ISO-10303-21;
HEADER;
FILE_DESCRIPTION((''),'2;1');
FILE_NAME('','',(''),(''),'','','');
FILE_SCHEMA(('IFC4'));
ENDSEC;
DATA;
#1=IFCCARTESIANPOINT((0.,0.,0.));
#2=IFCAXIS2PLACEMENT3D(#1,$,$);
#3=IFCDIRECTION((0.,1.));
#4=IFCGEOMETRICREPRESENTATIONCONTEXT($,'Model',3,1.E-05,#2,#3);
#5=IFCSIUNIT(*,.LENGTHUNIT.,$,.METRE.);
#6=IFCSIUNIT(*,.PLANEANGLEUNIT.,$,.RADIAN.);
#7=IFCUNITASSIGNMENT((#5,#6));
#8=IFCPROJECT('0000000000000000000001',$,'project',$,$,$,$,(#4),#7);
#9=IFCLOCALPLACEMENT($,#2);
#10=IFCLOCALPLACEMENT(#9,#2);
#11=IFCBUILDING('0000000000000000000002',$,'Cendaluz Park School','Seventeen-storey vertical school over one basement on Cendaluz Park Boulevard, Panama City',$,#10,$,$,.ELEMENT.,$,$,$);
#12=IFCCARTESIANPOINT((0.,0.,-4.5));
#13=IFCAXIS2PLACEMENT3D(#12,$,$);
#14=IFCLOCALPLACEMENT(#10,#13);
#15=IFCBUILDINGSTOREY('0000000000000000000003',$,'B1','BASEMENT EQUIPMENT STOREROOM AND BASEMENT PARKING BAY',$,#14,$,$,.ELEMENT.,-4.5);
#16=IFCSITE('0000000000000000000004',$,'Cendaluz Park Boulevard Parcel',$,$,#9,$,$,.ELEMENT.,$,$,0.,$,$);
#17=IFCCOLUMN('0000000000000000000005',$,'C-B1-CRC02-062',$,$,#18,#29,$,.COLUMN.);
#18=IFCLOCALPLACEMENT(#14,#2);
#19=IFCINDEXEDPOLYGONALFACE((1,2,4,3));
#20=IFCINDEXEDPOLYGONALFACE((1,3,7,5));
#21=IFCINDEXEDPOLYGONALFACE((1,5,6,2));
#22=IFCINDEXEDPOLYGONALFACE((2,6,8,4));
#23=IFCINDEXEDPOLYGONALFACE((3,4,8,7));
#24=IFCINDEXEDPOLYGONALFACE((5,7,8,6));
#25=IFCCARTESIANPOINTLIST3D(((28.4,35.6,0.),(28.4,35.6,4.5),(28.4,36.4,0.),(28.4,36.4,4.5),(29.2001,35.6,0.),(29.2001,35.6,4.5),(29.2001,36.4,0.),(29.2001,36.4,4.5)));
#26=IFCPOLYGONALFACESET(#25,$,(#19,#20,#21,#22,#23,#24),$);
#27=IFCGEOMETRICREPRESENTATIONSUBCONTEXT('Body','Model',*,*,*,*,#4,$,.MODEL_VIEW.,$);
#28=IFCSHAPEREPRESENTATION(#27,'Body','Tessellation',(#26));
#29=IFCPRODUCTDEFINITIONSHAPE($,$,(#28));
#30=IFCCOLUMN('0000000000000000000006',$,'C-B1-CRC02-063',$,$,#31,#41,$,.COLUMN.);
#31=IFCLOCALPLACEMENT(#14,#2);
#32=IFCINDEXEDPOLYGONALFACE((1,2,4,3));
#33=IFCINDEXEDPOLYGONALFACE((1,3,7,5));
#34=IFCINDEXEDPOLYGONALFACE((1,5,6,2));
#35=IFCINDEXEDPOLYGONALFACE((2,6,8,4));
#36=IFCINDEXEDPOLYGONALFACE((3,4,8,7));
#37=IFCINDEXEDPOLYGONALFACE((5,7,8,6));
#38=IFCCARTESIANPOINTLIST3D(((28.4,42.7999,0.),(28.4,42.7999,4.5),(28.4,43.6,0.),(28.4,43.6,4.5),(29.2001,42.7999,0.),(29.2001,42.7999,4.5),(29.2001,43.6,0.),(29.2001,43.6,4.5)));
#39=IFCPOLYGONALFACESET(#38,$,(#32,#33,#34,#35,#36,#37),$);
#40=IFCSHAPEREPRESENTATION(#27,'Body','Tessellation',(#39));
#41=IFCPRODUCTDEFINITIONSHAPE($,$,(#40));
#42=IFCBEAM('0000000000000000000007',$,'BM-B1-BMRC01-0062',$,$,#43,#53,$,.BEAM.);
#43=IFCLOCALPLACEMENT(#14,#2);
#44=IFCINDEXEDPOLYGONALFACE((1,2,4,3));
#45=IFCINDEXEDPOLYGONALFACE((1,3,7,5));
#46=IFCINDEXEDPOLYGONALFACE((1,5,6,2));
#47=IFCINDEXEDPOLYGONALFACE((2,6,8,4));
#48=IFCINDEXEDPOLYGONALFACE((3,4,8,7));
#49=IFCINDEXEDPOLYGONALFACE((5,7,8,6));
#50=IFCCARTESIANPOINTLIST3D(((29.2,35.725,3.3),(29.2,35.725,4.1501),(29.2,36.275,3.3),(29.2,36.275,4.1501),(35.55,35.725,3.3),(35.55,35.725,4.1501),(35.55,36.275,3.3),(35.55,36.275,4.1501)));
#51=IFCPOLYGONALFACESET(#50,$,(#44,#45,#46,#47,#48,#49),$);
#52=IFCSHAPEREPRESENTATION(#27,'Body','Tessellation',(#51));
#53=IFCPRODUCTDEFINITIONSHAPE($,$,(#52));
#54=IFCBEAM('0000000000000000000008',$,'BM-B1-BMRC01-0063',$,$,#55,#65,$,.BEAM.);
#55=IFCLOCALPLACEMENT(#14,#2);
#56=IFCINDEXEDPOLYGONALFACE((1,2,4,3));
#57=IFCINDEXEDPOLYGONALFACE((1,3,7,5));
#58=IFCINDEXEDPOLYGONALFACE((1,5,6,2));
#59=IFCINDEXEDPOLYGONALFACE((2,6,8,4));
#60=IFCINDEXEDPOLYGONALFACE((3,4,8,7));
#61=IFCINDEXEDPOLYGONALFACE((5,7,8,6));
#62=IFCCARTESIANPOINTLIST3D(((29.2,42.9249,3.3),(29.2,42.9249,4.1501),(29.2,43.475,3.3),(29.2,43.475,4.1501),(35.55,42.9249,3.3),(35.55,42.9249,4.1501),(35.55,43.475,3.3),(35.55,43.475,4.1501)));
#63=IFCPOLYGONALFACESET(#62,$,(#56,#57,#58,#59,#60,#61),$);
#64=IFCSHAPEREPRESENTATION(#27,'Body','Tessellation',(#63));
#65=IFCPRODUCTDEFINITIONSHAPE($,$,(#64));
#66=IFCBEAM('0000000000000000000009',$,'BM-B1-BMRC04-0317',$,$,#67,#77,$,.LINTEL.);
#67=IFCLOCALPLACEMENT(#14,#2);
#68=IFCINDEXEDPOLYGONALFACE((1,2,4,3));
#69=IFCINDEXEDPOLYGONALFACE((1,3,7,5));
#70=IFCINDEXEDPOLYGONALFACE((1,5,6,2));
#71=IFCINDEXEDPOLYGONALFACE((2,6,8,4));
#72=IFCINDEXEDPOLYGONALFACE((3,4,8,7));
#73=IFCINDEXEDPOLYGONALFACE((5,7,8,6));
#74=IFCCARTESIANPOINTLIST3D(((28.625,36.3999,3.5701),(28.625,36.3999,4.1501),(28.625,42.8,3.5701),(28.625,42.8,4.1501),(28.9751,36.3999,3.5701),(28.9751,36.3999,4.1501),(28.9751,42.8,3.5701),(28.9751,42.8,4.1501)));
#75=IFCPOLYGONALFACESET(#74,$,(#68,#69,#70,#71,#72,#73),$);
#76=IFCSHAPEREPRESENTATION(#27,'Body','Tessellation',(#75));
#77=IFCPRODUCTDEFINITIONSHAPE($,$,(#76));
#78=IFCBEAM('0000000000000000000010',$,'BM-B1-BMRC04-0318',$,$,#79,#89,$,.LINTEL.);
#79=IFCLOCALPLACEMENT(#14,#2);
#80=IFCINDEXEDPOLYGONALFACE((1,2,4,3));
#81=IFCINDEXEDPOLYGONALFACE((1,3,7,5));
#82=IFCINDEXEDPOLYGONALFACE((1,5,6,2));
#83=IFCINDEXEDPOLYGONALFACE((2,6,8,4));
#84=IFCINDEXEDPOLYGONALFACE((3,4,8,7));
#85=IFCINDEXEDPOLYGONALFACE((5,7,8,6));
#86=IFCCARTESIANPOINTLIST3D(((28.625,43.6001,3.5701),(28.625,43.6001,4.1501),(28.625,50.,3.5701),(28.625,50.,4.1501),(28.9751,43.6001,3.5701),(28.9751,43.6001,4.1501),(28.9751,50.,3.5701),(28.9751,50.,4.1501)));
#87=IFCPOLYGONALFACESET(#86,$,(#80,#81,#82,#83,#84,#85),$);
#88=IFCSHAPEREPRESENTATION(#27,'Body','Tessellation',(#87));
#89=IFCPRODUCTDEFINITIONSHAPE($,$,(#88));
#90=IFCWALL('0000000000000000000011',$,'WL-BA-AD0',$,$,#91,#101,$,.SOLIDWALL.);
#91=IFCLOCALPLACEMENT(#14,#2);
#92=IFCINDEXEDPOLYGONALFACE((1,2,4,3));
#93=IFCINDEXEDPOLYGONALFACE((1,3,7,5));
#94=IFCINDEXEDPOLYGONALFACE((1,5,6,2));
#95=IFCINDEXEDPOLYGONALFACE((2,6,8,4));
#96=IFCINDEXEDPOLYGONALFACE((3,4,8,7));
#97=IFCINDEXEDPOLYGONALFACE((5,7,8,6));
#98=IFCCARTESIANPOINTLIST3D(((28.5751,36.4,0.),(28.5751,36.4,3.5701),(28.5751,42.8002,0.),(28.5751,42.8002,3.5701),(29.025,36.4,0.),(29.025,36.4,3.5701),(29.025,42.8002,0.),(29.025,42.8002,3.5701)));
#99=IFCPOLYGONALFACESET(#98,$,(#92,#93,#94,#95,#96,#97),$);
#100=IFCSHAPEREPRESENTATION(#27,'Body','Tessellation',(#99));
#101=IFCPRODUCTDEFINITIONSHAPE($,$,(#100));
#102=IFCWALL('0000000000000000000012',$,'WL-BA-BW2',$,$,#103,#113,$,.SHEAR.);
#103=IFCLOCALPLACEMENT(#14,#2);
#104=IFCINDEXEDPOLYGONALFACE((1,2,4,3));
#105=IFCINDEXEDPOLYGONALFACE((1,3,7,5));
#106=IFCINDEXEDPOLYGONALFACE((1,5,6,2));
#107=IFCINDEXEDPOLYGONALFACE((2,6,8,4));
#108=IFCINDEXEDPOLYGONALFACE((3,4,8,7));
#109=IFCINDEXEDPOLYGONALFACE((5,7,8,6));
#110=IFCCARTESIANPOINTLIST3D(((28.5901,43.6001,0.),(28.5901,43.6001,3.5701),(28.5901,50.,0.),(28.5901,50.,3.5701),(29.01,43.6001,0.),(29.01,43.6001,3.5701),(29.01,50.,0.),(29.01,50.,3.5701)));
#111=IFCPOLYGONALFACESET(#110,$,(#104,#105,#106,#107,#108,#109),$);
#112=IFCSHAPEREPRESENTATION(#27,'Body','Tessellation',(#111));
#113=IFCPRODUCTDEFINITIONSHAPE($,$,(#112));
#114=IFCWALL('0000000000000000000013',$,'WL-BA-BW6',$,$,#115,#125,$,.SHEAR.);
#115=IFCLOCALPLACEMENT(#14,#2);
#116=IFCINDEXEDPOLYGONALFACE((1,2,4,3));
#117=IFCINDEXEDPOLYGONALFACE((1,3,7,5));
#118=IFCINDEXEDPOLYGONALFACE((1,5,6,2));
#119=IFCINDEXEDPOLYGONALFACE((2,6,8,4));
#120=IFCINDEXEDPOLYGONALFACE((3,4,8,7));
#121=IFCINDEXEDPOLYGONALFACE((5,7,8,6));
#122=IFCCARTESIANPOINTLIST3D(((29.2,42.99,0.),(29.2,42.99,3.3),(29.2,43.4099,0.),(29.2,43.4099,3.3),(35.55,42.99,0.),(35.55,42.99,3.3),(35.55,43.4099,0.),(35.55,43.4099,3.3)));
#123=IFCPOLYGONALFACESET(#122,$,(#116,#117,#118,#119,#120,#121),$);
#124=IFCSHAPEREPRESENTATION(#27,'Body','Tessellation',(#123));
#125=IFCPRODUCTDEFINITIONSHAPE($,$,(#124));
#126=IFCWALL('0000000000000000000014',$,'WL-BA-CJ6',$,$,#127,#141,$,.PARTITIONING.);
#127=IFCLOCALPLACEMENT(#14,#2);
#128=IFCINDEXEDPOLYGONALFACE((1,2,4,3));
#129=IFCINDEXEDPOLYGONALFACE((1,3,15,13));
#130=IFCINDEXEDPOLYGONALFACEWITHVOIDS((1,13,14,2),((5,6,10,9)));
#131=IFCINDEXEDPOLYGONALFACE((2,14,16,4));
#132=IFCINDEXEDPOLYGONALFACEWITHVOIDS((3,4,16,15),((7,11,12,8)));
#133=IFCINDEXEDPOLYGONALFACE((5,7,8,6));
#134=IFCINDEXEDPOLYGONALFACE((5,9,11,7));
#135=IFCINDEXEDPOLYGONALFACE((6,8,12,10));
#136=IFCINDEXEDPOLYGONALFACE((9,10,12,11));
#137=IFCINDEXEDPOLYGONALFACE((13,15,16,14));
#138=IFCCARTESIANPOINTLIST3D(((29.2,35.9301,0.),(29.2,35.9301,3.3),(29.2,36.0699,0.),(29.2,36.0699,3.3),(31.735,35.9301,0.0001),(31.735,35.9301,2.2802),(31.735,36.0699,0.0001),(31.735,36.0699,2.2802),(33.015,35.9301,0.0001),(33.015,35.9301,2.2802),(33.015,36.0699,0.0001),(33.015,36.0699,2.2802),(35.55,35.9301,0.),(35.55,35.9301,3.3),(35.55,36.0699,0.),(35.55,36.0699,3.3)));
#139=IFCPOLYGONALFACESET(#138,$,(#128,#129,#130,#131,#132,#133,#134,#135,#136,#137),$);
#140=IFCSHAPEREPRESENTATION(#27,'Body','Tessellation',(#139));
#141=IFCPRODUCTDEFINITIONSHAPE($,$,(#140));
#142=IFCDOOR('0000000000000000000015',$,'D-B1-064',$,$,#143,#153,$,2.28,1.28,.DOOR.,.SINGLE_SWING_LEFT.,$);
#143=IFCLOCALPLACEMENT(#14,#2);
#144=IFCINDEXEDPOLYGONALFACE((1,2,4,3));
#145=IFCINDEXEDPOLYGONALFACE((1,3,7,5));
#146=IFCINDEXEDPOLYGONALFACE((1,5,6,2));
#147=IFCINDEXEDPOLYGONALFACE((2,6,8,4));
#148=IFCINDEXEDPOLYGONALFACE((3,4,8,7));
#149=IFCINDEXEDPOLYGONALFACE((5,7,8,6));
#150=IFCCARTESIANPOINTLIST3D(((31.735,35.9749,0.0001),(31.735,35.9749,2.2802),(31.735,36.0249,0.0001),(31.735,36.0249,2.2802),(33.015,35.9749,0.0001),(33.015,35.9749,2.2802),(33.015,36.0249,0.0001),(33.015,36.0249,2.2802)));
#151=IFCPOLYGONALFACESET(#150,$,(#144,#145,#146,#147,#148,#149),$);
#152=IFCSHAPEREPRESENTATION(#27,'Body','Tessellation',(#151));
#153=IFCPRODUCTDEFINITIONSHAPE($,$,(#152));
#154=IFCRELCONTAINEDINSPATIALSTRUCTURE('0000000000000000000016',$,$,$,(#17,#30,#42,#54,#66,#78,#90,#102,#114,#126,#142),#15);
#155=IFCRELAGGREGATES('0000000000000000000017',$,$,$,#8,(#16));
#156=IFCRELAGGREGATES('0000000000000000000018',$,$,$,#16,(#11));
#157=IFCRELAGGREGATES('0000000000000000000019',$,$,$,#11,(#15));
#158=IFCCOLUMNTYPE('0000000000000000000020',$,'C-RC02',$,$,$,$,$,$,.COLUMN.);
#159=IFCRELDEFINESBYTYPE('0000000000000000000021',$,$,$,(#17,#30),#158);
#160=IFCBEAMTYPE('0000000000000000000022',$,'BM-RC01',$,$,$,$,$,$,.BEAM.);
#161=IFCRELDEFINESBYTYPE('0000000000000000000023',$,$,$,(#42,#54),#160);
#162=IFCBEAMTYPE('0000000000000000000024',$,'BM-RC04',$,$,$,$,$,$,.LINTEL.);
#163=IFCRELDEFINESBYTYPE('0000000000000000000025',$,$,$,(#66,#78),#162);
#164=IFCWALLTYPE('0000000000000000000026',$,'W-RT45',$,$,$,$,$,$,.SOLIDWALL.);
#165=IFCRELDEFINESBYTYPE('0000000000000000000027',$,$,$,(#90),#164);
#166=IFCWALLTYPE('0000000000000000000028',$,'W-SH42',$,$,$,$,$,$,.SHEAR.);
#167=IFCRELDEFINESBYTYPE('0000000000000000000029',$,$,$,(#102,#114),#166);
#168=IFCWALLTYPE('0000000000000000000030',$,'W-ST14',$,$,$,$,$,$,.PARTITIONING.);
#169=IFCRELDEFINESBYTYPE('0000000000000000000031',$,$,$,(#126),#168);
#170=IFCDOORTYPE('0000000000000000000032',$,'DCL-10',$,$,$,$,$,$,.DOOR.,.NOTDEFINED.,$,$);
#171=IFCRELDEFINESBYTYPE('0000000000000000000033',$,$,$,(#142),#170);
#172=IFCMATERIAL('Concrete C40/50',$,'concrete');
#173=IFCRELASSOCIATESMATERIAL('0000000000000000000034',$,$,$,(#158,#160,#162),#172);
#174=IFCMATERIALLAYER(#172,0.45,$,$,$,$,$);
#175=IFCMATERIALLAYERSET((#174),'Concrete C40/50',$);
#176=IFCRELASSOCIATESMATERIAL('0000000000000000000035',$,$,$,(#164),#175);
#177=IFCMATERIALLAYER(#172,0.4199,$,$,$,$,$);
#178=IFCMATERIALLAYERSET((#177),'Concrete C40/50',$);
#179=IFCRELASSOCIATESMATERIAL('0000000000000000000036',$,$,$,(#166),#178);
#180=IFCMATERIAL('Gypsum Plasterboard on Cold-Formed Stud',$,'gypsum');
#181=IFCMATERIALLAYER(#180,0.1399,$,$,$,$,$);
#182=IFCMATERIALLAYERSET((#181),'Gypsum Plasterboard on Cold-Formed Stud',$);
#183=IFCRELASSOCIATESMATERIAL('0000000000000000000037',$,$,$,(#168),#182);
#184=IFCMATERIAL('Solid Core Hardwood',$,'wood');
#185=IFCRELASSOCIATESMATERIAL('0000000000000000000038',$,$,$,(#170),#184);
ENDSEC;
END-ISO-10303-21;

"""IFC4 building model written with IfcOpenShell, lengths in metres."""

from ifc_helpers import new_model, si_unit, direction, frame, frame_2d, origin, origin_2d, place, context, subcontext, project, spatial, rectangle, extrude, material, layer, layer_set, material_profile, profile_set, type_object, element, fill, save


model = new_model("IFC4")

# Units and contexts
model_context = context("Model", 3, precision=1e-05, world=origin(), true_north=direction((0.0, 1.0)))
body_context = subcontext(model_context, "Body", "Model", "MODEL_VIEW")
ifc_project = project(units=[si_unit("LENGTHUNIT", "METRE"), si_unit("PLANEANGLEUNIT", "RADIAN")], contexts=[model_context])

# Site, building, storey
site_placement = place(None, origin())
site = spatial("IfcSite", under=ifc_project, at=site_placement, Name="Cendaluz Park Boulevard Parcel", CompositionType="ELEMENT", RefElevation=0.0)
building_placement = place(site_placement, origin())
building = spatial("IfcBuilding", under=site, at=building_placement, Name="Cendaluz Park School", Description="Seventeen-storey vertical school over one basement on Cendaluz Park Boulevard, Panama City", CompositionType="ELEMENT")
storey_placement = place(building_placement, frame((0.0, 0.0, -4.5)))
storey = spatial("IfcBuildingStorey", under=building, at=storey_placement, Name="B1", Description="BASEMENT EQUIPMENT STOREROOM AND BASEMENT PARKING BAY", CompositionType="ELEMENT", Elevation=-4.5)

# Shared definitions
ifc_material_1 = material(Name="Concrete C40/50", Category="concrete")

# Columns
ifc_material_profile_1 = material_profile(ifc_material_1, rectangle(XDim=0.8, YDim=0.8, at=origin_2d()), Name="RC 800x800", Category="concrete")
ifc_profile_set_1 = profile_set([ifc_material_profile_1], Name="Concrete C40/50")
column_type = type_object("IfcColumnType", Name="C-RC02", PredefinedType="COLUMN", material=ifc_profile_set_1)
for number, where, z_axis, x_axis, name in (
    (1, (28.8, 36.0, 0.0), (0.0, 0.0, 1.0), (1.0, 0.0, 0.0), "C-B1-CRC02-062"),
    (2, (28.8, 43.2, 0.0), (0.0, 0.0, 1.0), (1.0, 0.0, 0.0), "C-B1-CRC02-063"),
):
    element("IfcColumn", number, at=place(storey_placement, frame(where, z_axis=z_axis, x_axis=x_axis)), inside=storey, type_object=column_type, Name=name, PredefinedType="COLUMN", context=body_context, shape_type="SweptSolid", body=[
        extrude(rectangle(XDim=0.8, YDim=0.8, at=origin_2d()), origin(), (0.0, 0.0, 1.0), 4.5),
    ])

# Beams
ifc_material_profile_2 = material_profile(ifc_material_1, rectangle(XDim=0.55, YDim=0.8501, at=origin_2d()), Name="RC 550x850", Category="concrete")
ifc_profile_set_2 = profile_set([ifc_material_profile_2], Name="Concrete C40/50")
beam_type_1 = type_object("IfcBeamType", Name="BM-RC01", PredefinedType="BEAM", material=ifc_profile_set_2)
for number, where, z_axis, x_axis, name in (
    (3, (29.2, 36.0, 3.7251), (1.0, 0.0, 0.0), (0.0, 1.0, 0.0), "BM-B1-BMRC01-0062"),
    (4, (29.2, 43.2, 3.7251), (1.0, 0.0, 0.0), (0.0, 1.0, 0.0), "BM-B1-BMRC01-0063"),
):
    element("IfcBeam", number, at=place(storey_placement, frame(where, z_axis=z_axis, x_axis=x_axis)), inside=storey, type_object=beam_type_1, Name=name, PredefinedType="BEAM", context=body_context, shape_type="SweptSolid", body=[
        extrude(rectangle(XDim=0.55, YDim=0.8501, at=origin_2d()), origin(), (0.0, 0.0, 1.0), 6.3501),
    ])
ifc_material_profile_3 = material_profile(ifc_material_1, rectangle(XDim=0.3501, YDim=0.5801, at=origin_2d()), Name="RC 350x580", Category="concrete")
ifc_profile_set_3 = profile_set([ifc_material_profile_3], Name="Concrete C40/50")
beam_type_2 = type_object("IfcBeamType", Name="BM-RC04", PredefinedType="LINTEL", material=ifc_profile_set_3)
beam_1_placement = place(storey_placement, frame((28.8, 36.3999, 3.8601), z_axis=(0.0, 1.0, 0.0), x_axis=(-1.0, 0.0, 0.0)))
element("IfcBeam", 5, at=beam_1_placement, inside=storey, type_object=beam_type_2, Name="BM-B1-BMRC04-0317", PredefinedType="LINTEL", context=body_context, shape_type="SweptSolid", body=[
    extrude(rectangle(XDim=0.3501, YDim=0.5801, at=origin_2d()), origin(), (0.0, 0.0, 1.0), 6.4001),
])
beam_2_placement = place(storey_placement, frame((28.8, 43.6001, 3.8601), z_axis=(0.0, 1.0, 0.0), x_axis=(-1.0, 0.0, 0.0)))
element("IfcBeam", 6, at=beam_2_placement, inside=storey, type_object=beam_type_2, Name="BM-B1-BMRC04-0318", PredefinedType="LINTEL", context=body_context, shape_type="SweptSolid", body=[
    extrude(rectangle(XDim=0.3501, YDim=0.5801, at=origin_2d()), origin(), (0.0, 0.0, 1.0), 6.3999),
])

# Shared definitions
ifc_material_2 = material(Name="Solid Core Hardwood", Category="wood")

# Walls
ifc_layer_1 = layer(ifc_material_1, 0.45)
ifc_layer_set_1 = layer_set([ifc_layer_1], Name="Concrete C40/50")
wall_type_1 = type_object("IfcWallType", Name="W-RT45", PredefinedType="SOLIDWALL", material=ifc_layer_set_1)
wall_1_placement = place(storey_placement, frame((28.8, 36.3999, 0.0), z_axis=(0.0, 0.0, 1.0), x_axis=(0.0, 1.0, 0.0)))
element("IfcWall", 7, at=wall_1_placement, inside=storey, type_object=wall_type_1, Name="WL-BA-AD0", PredefinedType="SOLIDWALL", context=body_context, shape_type="SweptSolid", body=[
    extrude(rectangle(XDim=6.4001, YDim=0.45, at=frame_2d((3.2002, 0.0))), origin(), (0.0, 0.0, 1.0), 3.5701),
])
ifc_layer_2 = layer(ifc_material_1, 0.4199)
ifc_layer_set_2 = layer_set([ifc_layer_2], Name="Concrete C40/50")
wall_type_2 = type_object("IfcWallType", Name="W-SH42", PredefinedType="SHEAR", material=ifc_layer_set_2)
wall_2_placement = place(storey_placement, frame((28.8, 43.6001, 0.0), z_axis=(0.0, 0.0, 1.0), x_axis=(0.0, 1.0, 0.0)))
element("IfcWall", 8, at=wall_2_placement, inside=storey, type_object=wall_type_2, Name="WL-BA-BW2", PredefinedType="SHEAR", context=body_context, shape_type="SweptSolid", body=[
    extrude(rectangle(XDim=6.3999, YDim=0.4199, at=frame_2d((3.2, 0.0))), origin(), (0.0, 0.0, 1.0), 3.5701),
])
wall_3_placement = place(storey_placement, frame((29.2, 43.2, 0.0), z_axis=(0.0, 0.0, 1.0), x_axis=(1.0, 0.0, 0.0)))
element("IfcWall", 9, at=wall_3_placement, inside=storey, type_object=wall_type_2, Name="WL-BA-BW6", PredefinedType="SHEAR", context=body_context, shape_type="SweptSolid", body=[
    extrude(rectangle(XDim=6.3501, YDim=0.4199, at=frame_2d((3.175, 0.0))), origin(), (0.0, 0.0, 1.0), 3.3),
])

# Wall, opening, door
ifc_material_3 = material(Name="Gypsum Plasterboard on Cold-Formed Stud", Category="gypsum")
ifc_layer_3 = layer(ifc_material_3, 0.1399)
ifc_layer_set_3 = layer_set([ifc_layer_3], Name="Gypsum Plasterboard on Cold-Formed Stud")
wall_type_3 = type_object("IfcWallType", Name="W-ST14", PredefinedType="PARTITIONING", material=ifc_layer_set_3)
wall_4_placement = place(storey_placement, frame((29.2, 36.0, 0.0), z_axis=(0.0, 0.0, 1.0), x_axis=(1.0, 0.0, 0.0)))
wall_4 = element("IfcWall", 10, at=wall_4_placement, inside=storey, type_object=wall_type_3, Name="WL-BA-CJ6", PredefinedType="PARTITIONING", context=body_context, shape_type="SweptSolid", body=[
    extrude(rectangle(XDim=6.3501, YDim=0.1399, at=frame_2d((3.175, 0.0))), origin(), (0.0, 0.0, 1.0), 3.3),
])
opening_1_placement = place(wall_4_placement, frame((2.5349, 0.0, 0.0)))
opening_1 = element("IfcOpeningElement", 11, at=opening_1_placement, cuts=wall_4, PredefinedType="OPENING", context=body_context, shape_type="SweptSolid", body=[
    extrude(rectangle(XDim=1.28, YDim=2.28, at=frame_2d((0.6401, 1.1401))), frame((0.0, 0.082, 0.0), z_axis=(0.0, -1.0, 0.0), x_axis=(1.0, 0.0, 0.0)), (0.0, 0.0, 1.0), 0.1638),
])
door_type_1 = type_object("IfcDoorType", Name="DCL-10", OperationType="NOTDEFINED", PredefinedType="DOOR", material=ifc_material_2)
door_1_placement = place(opening_1_placement, origin())
door_1 = element("IfcDoor", 12, at=door_1_placement, inside=storey, type_object=door_type_1, Name="D-B1-064", OperationType="SINGLE_SWING_LEFT", OverallHeight=2.28, OverallWidth=1.28, PredefinedType="DOOR", context=body_context, shape_type="SweptSolid", body=[
    extrude(rectangle(XDim=1.28, YDim=2.28, at=frame_2d((0.6401, 1.1401))), frame((0.0, 0.0249, 0.0), z_axis=(0.0, -1.0, 0.0), x_axis=(1.0, 0.0, 0.0)), (0.0, 0.0, 1.0), 0.05),
])
fill(opening_1, door_1)

save(model, "model.ifc")
